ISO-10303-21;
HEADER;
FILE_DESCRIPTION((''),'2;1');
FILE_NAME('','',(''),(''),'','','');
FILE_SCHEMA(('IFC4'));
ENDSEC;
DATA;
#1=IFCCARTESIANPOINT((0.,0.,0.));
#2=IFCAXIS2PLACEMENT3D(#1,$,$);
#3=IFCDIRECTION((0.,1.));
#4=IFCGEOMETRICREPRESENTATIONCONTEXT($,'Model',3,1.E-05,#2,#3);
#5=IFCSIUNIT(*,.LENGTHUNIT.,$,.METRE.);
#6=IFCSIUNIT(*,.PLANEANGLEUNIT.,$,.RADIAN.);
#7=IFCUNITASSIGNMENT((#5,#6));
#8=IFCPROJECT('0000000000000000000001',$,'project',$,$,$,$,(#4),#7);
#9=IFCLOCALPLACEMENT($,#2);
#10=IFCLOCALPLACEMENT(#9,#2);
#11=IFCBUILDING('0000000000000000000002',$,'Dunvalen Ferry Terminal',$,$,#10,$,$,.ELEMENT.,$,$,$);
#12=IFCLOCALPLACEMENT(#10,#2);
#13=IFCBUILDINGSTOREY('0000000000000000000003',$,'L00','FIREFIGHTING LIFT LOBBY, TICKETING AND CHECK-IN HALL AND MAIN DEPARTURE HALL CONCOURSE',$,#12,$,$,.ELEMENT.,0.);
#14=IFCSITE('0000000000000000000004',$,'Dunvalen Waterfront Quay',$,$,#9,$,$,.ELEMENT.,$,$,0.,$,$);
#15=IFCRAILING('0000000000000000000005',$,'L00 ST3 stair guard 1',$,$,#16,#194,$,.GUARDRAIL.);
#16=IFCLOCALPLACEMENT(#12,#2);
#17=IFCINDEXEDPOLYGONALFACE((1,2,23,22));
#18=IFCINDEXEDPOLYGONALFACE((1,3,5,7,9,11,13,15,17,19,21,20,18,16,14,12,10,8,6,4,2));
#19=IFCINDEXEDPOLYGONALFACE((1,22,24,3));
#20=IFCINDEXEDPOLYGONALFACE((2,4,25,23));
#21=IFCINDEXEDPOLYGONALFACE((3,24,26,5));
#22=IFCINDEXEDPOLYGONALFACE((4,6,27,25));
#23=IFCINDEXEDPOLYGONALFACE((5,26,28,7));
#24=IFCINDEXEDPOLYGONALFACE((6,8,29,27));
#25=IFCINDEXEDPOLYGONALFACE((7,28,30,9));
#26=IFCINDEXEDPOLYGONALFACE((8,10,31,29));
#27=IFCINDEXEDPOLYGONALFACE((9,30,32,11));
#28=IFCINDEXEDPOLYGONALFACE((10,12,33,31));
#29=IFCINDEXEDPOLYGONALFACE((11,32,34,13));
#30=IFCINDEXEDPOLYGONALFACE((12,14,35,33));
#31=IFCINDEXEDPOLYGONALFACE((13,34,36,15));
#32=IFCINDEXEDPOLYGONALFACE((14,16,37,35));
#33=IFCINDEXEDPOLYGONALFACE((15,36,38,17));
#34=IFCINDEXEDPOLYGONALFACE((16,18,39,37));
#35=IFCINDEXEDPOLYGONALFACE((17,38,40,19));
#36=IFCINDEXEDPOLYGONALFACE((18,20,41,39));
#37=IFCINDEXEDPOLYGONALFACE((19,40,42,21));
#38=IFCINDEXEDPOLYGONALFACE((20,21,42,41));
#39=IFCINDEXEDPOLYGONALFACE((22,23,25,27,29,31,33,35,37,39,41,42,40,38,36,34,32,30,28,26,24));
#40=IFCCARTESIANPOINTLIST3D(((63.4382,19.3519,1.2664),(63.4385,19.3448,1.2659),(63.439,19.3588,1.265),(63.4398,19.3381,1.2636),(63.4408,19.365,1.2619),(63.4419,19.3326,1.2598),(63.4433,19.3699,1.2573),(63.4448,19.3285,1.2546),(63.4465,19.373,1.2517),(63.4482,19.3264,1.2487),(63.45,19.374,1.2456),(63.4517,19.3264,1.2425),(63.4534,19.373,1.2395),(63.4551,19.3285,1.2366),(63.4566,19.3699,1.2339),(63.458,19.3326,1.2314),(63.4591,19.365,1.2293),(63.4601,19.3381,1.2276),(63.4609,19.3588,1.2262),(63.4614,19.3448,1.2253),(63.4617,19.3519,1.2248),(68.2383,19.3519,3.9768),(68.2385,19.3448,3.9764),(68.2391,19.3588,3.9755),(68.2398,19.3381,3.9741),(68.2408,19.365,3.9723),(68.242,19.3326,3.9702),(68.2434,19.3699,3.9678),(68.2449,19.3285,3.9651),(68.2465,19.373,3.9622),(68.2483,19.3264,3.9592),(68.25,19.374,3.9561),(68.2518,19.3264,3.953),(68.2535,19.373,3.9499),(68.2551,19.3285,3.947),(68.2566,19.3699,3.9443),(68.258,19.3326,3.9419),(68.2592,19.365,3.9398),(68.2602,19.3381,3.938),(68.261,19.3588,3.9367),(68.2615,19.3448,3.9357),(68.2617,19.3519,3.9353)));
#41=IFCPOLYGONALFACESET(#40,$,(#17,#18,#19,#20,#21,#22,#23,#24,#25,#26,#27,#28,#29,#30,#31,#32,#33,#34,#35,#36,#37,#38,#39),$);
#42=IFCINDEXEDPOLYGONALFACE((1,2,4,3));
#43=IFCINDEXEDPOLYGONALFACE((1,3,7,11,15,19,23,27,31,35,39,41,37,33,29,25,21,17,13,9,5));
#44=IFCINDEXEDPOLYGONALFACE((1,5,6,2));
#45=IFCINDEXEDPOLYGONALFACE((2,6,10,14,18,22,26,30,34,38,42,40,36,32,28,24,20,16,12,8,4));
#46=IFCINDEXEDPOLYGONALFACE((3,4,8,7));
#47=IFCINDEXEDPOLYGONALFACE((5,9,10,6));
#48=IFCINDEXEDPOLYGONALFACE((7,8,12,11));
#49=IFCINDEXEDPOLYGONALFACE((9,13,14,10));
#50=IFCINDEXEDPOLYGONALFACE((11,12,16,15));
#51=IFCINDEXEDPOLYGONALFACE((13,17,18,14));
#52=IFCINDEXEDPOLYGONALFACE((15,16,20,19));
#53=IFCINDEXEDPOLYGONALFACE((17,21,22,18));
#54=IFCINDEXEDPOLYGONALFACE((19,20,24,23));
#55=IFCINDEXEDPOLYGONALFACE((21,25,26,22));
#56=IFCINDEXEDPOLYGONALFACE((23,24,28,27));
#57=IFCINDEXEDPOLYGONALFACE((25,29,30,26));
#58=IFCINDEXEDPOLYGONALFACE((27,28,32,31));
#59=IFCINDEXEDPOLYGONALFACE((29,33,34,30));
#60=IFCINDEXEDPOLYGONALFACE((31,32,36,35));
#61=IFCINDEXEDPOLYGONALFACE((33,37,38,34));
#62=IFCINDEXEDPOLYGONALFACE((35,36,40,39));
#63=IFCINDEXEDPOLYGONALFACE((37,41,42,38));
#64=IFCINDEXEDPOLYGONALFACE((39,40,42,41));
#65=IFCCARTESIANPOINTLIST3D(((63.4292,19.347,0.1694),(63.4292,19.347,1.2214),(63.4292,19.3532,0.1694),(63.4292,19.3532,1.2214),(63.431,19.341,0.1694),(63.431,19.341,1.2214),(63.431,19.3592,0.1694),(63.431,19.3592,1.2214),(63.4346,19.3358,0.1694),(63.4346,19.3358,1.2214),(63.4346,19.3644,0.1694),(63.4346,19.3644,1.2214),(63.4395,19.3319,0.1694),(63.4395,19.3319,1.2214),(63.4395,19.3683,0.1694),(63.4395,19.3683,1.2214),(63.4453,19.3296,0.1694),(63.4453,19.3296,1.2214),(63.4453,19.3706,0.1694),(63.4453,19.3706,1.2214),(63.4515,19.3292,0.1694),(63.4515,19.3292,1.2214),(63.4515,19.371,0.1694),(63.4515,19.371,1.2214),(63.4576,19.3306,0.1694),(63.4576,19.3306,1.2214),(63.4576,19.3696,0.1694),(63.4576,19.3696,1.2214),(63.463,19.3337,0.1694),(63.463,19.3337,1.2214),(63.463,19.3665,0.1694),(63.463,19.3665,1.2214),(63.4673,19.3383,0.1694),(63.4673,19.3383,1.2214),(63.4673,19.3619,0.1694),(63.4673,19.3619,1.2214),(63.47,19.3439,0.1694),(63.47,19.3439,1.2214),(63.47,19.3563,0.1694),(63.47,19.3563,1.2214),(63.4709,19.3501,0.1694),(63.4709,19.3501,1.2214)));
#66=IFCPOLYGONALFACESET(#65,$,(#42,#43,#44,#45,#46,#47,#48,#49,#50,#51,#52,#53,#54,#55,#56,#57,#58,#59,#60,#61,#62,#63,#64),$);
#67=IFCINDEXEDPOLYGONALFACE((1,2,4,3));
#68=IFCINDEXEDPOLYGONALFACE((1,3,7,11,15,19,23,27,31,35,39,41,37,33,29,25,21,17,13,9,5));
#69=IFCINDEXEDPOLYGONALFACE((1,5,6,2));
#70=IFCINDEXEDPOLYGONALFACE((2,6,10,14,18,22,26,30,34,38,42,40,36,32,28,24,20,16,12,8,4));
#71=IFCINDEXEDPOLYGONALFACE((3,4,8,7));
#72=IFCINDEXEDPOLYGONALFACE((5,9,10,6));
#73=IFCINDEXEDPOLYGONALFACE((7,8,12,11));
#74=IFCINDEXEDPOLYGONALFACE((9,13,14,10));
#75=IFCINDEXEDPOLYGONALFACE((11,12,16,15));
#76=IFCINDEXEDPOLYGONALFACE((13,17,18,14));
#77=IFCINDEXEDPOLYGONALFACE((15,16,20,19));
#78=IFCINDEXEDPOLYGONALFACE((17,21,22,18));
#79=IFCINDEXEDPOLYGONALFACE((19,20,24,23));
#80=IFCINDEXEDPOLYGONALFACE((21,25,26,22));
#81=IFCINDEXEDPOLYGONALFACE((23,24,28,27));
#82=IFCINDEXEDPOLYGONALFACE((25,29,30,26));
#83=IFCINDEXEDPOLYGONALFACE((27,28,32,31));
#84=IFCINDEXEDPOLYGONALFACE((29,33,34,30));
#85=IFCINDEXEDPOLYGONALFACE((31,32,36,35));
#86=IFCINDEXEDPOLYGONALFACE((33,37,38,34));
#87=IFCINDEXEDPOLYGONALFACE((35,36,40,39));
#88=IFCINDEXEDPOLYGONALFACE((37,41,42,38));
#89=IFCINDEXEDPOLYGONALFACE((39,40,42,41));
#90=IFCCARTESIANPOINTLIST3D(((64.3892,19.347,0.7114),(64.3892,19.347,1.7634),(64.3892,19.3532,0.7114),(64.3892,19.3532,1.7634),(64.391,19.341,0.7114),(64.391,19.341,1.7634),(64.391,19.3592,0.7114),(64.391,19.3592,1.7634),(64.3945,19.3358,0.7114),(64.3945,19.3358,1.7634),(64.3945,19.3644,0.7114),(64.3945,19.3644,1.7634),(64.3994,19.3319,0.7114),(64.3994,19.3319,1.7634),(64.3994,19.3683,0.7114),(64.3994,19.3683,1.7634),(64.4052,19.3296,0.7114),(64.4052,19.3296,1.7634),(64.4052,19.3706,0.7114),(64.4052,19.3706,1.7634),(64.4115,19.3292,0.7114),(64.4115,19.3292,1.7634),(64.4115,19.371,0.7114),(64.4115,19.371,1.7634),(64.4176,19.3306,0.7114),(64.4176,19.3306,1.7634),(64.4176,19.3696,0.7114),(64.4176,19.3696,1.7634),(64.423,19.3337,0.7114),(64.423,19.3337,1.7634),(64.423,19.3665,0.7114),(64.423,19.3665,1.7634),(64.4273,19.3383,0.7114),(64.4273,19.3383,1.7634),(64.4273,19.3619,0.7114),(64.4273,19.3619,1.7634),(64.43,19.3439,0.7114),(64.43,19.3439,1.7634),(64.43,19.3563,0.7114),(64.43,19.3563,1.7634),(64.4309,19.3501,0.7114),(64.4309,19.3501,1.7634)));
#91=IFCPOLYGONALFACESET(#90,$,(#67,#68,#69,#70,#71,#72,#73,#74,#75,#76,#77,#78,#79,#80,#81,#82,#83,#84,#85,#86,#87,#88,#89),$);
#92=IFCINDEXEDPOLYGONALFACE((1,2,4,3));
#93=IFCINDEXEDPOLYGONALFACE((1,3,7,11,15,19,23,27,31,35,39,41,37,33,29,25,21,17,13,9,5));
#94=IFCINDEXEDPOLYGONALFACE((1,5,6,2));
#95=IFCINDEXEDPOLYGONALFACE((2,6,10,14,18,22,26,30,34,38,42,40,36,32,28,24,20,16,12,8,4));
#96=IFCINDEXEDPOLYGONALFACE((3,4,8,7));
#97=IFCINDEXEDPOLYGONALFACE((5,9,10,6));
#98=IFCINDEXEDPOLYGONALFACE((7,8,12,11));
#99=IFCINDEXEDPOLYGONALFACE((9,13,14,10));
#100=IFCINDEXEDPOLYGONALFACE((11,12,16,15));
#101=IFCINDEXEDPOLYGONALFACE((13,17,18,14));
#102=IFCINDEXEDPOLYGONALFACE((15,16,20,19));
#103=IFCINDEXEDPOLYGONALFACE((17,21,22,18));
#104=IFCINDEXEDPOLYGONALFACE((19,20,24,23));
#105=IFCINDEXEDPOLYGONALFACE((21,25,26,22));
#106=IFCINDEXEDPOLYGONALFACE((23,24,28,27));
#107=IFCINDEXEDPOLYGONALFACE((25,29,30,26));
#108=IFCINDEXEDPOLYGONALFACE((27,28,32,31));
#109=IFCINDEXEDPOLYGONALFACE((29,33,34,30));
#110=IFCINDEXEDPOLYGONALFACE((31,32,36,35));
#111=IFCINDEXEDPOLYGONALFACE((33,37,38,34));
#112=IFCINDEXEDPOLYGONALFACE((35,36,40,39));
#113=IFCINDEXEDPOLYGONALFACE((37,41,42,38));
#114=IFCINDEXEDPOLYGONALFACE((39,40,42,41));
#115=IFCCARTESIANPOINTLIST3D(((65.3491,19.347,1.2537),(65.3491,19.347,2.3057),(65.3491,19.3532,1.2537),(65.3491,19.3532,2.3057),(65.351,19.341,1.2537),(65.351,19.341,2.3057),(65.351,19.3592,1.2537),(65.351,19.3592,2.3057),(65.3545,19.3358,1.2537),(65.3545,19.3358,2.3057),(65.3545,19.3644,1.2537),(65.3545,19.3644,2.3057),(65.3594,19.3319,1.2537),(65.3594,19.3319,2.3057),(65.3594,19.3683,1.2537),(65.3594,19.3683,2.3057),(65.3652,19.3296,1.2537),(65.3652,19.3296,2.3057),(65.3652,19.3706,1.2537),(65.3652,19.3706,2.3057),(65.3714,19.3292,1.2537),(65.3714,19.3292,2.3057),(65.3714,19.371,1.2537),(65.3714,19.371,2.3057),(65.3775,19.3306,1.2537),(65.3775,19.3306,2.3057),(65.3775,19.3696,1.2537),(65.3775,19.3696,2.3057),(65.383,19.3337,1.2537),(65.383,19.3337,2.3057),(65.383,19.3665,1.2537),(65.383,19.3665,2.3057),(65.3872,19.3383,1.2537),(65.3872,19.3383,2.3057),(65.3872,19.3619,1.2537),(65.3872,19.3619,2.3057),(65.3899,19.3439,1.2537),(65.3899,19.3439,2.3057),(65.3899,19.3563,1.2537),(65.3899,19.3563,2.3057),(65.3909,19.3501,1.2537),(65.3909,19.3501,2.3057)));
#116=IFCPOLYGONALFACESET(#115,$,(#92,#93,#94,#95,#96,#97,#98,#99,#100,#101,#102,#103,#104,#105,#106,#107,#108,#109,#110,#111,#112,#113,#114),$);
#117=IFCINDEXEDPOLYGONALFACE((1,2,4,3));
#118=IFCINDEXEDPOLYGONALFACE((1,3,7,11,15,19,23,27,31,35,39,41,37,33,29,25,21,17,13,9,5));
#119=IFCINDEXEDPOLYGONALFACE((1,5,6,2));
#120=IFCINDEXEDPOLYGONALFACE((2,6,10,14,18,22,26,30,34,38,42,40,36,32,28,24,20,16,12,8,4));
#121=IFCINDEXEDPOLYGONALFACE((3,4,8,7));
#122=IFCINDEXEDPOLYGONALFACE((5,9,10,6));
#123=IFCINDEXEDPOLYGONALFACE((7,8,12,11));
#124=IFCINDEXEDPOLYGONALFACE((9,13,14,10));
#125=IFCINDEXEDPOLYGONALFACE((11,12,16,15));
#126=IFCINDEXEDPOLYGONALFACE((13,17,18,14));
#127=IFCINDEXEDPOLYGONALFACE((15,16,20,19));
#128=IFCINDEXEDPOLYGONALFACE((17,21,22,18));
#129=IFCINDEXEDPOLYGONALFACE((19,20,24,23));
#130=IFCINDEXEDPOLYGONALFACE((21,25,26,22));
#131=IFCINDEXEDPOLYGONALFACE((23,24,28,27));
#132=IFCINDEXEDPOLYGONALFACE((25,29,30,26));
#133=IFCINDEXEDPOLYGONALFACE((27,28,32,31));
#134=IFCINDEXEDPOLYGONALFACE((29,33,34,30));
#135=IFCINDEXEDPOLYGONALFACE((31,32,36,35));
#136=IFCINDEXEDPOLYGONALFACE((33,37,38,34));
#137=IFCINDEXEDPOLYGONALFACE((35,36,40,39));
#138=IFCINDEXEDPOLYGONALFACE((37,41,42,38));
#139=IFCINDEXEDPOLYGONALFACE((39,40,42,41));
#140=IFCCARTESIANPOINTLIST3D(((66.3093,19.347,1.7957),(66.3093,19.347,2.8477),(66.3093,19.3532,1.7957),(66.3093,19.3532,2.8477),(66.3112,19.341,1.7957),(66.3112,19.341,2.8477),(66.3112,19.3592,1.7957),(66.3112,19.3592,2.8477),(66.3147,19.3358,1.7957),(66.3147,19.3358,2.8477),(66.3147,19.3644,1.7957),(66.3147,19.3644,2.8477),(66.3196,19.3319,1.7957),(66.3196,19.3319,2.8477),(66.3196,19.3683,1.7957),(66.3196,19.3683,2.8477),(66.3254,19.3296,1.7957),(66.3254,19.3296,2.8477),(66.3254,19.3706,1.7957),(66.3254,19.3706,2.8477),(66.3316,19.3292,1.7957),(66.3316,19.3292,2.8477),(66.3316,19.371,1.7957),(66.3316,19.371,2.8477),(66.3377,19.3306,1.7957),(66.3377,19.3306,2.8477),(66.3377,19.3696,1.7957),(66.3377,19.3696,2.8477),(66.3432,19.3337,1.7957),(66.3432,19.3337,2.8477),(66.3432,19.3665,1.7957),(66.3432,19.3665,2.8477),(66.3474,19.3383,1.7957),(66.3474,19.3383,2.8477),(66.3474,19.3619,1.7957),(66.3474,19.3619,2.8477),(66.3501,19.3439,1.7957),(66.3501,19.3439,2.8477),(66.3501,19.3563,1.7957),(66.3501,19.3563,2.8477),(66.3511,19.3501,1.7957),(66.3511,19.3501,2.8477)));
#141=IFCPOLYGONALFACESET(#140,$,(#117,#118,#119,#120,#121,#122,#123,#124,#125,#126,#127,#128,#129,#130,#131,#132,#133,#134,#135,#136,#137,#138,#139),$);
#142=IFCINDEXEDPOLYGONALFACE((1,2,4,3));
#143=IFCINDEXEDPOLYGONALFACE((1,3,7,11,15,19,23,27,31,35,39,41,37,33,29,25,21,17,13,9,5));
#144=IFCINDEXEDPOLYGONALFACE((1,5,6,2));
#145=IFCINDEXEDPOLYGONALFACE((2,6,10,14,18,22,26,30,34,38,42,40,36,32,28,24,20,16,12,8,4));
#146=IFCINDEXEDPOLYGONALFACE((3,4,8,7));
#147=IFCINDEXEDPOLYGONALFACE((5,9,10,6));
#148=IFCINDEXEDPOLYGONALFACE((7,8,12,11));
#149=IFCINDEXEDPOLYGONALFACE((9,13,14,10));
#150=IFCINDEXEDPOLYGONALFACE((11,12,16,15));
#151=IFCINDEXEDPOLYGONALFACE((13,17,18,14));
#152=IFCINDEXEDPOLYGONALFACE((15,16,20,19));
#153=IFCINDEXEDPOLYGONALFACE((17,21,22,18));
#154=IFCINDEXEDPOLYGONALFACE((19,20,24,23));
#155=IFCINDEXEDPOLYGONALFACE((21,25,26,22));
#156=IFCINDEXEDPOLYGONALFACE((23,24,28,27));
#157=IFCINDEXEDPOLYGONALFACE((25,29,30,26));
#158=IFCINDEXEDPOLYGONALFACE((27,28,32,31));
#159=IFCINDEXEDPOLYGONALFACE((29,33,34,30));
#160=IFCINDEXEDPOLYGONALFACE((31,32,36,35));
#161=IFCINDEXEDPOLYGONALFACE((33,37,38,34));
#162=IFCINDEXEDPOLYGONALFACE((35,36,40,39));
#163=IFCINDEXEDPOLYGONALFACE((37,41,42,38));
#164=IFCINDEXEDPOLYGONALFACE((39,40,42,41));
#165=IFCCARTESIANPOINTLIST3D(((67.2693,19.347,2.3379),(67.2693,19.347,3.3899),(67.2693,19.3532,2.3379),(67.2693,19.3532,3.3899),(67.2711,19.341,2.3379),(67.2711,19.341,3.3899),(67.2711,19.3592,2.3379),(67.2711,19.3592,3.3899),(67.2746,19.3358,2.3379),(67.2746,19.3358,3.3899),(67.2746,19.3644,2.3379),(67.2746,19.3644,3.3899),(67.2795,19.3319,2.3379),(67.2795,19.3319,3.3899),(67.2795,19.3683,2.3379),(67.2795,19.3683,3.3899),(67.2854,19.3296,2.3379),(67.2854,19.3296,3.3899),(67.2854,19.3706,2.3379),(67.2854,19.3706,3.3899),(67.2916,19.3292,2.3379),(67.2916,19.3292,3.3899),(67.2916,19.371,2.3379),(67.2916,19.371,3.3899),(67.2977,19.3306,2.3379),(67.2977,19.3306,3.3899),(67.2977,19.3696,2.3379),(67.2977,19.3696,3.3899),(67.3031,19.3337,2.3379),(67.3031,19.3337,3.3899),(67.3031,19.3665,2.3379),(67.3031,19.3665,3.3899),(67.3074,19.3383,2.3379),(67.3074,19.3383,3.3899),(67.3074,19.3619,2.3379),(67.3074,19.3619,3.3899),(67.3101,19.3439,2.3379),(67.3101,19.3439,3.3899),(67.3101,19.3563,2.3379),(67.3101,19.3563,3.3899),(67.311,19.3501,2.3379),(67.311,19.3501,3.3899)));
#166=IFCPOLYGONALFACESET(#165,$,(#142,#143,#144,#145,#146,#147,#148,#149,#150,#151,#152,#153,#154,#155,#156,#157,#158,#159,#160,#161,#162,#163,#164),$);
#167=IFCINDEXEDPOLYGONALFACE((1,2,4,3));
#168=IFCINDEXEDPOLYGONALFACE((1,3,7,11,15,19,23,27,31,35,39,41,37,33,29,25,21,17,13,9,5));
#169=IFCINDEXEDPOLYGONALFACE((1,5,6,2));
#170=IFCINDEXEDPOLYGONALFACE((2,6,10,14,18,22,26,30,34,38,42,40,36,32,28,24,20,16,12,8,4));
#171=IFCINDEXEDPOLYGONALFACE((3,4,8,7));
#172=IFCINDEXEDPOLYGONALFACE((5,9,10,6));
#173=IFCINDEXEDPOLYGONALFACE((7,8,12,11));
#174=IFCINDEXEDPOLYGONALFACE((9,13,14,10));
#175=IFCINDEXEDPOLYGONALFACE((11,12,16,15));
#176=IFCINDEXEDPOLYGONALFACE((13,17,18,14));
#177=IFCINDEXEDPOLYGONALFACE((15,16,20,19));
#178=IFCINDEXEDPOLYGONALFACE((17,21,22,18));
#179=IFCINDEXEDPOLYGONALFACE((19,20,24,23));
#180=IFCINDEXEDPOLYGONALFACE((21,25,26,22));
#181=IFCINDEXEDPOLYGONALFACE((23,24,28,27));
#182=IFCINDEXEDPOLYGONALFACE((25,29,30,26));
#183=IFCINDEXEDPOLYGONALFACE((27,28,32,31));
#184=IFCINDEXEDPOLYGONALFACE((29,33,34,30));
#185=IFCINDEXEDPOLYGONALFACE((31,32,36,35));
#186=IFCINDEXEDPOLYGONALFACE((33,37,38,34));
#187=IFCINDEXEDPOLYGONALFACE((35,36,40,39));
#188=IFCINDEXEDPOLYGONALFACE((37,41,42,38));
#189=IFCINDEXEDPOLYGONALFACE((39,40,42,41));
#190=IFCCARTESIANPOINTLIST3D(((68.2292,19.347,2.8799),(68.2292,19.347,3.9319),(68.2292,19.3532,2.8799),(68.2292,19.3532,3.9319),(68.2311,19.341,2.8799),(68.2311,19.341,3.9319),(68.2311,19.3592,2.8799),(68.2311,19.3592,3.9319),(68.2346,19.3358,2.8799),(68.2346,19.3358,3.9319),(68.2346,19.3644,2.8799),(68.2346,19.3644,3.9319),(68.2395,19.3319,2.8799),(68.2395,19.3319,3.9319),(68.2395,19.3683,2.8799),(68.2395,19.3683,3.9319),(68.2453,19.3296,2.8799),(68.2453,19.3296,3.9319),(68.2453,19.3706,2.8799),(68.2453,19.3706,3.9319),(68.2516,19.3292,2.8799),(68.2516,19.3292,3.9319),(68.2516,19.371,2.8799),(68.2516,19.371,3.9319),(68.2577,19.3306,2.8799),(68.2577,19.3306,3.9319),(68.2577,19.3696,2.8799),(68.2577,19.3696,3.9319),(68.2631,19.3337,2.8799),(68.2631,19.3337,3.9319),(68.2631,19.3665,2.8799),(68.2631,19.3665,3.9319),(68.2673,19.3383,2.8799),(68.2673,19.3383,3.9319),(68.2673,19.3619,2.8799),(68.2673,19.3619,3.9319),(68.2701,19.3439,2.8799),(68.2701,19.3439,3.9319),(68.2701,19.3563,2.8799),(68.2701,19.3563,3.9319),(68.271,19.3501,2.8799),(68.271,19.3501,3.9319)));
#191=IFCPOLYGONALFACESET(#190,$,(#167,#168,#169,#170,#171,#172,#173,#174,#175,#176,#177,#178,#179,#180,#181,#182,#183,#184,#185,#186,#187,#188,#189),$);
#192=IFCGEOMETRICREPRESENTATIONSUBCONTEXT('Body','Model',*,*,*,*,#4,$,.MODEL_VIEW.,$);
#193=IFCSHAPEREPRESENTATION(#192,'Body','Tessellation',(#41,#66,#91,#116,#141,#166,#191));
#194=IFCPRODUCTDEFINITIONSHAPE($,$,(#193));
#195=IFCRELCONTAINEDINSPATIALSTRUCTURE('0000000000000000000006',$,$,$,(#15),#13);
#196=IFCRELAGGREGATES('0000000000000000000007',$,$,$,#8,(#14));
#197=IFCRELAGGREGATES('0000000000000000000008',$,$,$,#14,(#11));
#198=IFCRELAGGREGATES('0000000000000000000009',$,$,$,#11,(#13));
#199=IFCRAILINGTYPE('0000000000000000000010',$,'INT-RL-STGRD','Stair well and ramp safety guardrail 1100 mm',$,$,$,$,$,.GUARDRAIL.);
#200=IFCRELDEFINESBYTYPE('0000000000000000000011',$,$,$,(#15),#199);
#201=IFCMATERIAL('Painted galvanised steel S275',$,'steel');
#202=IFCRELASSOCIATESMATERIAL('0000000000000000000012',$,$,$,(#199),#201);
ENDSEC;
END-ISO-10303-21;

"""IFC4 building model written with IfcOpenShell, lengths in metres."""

from ifc_helpers import new_model, si_unit, direction, frame, origin, origin_2d, place, context, subcontext, project, spatial, circle, extrude, material, type_object, element, save


model = new_model("IFC4")

# Units and contexts
model_context = context("Model", 3, precision=1e-05, world=origin(), true_north=direction((0.0, 1.0)))
body_context = subcontext(model_context, "Body", "Model", "MODEL_VIEW")
ifc_project = project(units=[si_unit("LENGTHUNIT", "METRE"), si_unit("PLANEANGLEUNIT", "RADIAN")], contexts=[model_context])

# Site, building, storey
site_placement = place(None, origin())
site = spatial("IfcSite", under=ifc_project, at=site_placement, Name="Dunvalen Waterfront Quay", CompositionType="ELEMENT", RefElevation=0.0)
building_placement = place(site_placement, origin())
building = spatial("IfcBuilding", under=site, at=building_placement, Name="Dunvalen Ferry Terminal", CompositionType="ELEMENT")
storey_placement = place(building_placement, origin())
storey = spatial("IfcBuildingStorey", under=building, at=storey_placement, Name="L00", Description="FIREFIGHTING LIFT LOBBY, TICKETING AND CHECK-IN HALL AND MAIN DEPARTURE HALL CONCOURSE", CompositionType="ELEMENT", Elevation=0.0)

# Railing
ifc_material_1 = material(Name="Painted galvanised steel S275", Category="steel")
railing_type_1 = type_object("IfcRailingType", Name="INT-RL-STGRD", Description="Stair well and ramp safety guardrail 1100 mm", PredefinedType="GUARDRAIL", material=ifc_material_1)
railing_1_placement = place(storey_placement, frame((63.45, 19.3501, 0.1694)))
element("IfcRailing", 1, at=railing_1_placement, inside=storey, type_object=railing_type_1, Name="L00 ST3 stair guard 1", PredefinedType="GUARDRAIL", context=body_context, shape_type="SweptSolid", body=[
    extrude(circle(Radius=0.0239, at=origin_2d()), frame((0.0, 0.0, 1.0762), z_axis=(0.870767, 0.0, 0.491697), x_axis=(0.0, 1.0, 0.0)), (0.0, 0.0, 1.0), 5.5125),
    extrude(circle(Radius=0.021, at=origin_2d()), origin(), (0.0, 0.0, 1.0), 1.052),
    extrude(circle(Radius=0.021, at=origin_2d()), frame((0.96, 0.0, 0.542)), (0.0, 0.0, 1.0), 1.052),
    extrude(circle(Radius=0.021, at=origin_2d()), frame((1.9199, 0.0, 1.0842)), (0.0, 0.0, 1.0), 1.052),
    extrude(circle(Radius=0.021, at=origin_2d()), frame((2.8801, 0.0, 1.6262)), (0.0, 0.0, 1.0), 1.052),
    extrude(circle(Radius=0.021, at=origin_2d()), frame((3.8401, 0.0, 2.1685)), (0.0, 0.0, 1.0), 1.052),
    extrude(circle(Radius=0.021, at=origin_2d()), frame((4.8, 0.0, 2.7104)), (0.0, 0.0, 1.0), 1.052),
])

save(model, "model.ifc")
